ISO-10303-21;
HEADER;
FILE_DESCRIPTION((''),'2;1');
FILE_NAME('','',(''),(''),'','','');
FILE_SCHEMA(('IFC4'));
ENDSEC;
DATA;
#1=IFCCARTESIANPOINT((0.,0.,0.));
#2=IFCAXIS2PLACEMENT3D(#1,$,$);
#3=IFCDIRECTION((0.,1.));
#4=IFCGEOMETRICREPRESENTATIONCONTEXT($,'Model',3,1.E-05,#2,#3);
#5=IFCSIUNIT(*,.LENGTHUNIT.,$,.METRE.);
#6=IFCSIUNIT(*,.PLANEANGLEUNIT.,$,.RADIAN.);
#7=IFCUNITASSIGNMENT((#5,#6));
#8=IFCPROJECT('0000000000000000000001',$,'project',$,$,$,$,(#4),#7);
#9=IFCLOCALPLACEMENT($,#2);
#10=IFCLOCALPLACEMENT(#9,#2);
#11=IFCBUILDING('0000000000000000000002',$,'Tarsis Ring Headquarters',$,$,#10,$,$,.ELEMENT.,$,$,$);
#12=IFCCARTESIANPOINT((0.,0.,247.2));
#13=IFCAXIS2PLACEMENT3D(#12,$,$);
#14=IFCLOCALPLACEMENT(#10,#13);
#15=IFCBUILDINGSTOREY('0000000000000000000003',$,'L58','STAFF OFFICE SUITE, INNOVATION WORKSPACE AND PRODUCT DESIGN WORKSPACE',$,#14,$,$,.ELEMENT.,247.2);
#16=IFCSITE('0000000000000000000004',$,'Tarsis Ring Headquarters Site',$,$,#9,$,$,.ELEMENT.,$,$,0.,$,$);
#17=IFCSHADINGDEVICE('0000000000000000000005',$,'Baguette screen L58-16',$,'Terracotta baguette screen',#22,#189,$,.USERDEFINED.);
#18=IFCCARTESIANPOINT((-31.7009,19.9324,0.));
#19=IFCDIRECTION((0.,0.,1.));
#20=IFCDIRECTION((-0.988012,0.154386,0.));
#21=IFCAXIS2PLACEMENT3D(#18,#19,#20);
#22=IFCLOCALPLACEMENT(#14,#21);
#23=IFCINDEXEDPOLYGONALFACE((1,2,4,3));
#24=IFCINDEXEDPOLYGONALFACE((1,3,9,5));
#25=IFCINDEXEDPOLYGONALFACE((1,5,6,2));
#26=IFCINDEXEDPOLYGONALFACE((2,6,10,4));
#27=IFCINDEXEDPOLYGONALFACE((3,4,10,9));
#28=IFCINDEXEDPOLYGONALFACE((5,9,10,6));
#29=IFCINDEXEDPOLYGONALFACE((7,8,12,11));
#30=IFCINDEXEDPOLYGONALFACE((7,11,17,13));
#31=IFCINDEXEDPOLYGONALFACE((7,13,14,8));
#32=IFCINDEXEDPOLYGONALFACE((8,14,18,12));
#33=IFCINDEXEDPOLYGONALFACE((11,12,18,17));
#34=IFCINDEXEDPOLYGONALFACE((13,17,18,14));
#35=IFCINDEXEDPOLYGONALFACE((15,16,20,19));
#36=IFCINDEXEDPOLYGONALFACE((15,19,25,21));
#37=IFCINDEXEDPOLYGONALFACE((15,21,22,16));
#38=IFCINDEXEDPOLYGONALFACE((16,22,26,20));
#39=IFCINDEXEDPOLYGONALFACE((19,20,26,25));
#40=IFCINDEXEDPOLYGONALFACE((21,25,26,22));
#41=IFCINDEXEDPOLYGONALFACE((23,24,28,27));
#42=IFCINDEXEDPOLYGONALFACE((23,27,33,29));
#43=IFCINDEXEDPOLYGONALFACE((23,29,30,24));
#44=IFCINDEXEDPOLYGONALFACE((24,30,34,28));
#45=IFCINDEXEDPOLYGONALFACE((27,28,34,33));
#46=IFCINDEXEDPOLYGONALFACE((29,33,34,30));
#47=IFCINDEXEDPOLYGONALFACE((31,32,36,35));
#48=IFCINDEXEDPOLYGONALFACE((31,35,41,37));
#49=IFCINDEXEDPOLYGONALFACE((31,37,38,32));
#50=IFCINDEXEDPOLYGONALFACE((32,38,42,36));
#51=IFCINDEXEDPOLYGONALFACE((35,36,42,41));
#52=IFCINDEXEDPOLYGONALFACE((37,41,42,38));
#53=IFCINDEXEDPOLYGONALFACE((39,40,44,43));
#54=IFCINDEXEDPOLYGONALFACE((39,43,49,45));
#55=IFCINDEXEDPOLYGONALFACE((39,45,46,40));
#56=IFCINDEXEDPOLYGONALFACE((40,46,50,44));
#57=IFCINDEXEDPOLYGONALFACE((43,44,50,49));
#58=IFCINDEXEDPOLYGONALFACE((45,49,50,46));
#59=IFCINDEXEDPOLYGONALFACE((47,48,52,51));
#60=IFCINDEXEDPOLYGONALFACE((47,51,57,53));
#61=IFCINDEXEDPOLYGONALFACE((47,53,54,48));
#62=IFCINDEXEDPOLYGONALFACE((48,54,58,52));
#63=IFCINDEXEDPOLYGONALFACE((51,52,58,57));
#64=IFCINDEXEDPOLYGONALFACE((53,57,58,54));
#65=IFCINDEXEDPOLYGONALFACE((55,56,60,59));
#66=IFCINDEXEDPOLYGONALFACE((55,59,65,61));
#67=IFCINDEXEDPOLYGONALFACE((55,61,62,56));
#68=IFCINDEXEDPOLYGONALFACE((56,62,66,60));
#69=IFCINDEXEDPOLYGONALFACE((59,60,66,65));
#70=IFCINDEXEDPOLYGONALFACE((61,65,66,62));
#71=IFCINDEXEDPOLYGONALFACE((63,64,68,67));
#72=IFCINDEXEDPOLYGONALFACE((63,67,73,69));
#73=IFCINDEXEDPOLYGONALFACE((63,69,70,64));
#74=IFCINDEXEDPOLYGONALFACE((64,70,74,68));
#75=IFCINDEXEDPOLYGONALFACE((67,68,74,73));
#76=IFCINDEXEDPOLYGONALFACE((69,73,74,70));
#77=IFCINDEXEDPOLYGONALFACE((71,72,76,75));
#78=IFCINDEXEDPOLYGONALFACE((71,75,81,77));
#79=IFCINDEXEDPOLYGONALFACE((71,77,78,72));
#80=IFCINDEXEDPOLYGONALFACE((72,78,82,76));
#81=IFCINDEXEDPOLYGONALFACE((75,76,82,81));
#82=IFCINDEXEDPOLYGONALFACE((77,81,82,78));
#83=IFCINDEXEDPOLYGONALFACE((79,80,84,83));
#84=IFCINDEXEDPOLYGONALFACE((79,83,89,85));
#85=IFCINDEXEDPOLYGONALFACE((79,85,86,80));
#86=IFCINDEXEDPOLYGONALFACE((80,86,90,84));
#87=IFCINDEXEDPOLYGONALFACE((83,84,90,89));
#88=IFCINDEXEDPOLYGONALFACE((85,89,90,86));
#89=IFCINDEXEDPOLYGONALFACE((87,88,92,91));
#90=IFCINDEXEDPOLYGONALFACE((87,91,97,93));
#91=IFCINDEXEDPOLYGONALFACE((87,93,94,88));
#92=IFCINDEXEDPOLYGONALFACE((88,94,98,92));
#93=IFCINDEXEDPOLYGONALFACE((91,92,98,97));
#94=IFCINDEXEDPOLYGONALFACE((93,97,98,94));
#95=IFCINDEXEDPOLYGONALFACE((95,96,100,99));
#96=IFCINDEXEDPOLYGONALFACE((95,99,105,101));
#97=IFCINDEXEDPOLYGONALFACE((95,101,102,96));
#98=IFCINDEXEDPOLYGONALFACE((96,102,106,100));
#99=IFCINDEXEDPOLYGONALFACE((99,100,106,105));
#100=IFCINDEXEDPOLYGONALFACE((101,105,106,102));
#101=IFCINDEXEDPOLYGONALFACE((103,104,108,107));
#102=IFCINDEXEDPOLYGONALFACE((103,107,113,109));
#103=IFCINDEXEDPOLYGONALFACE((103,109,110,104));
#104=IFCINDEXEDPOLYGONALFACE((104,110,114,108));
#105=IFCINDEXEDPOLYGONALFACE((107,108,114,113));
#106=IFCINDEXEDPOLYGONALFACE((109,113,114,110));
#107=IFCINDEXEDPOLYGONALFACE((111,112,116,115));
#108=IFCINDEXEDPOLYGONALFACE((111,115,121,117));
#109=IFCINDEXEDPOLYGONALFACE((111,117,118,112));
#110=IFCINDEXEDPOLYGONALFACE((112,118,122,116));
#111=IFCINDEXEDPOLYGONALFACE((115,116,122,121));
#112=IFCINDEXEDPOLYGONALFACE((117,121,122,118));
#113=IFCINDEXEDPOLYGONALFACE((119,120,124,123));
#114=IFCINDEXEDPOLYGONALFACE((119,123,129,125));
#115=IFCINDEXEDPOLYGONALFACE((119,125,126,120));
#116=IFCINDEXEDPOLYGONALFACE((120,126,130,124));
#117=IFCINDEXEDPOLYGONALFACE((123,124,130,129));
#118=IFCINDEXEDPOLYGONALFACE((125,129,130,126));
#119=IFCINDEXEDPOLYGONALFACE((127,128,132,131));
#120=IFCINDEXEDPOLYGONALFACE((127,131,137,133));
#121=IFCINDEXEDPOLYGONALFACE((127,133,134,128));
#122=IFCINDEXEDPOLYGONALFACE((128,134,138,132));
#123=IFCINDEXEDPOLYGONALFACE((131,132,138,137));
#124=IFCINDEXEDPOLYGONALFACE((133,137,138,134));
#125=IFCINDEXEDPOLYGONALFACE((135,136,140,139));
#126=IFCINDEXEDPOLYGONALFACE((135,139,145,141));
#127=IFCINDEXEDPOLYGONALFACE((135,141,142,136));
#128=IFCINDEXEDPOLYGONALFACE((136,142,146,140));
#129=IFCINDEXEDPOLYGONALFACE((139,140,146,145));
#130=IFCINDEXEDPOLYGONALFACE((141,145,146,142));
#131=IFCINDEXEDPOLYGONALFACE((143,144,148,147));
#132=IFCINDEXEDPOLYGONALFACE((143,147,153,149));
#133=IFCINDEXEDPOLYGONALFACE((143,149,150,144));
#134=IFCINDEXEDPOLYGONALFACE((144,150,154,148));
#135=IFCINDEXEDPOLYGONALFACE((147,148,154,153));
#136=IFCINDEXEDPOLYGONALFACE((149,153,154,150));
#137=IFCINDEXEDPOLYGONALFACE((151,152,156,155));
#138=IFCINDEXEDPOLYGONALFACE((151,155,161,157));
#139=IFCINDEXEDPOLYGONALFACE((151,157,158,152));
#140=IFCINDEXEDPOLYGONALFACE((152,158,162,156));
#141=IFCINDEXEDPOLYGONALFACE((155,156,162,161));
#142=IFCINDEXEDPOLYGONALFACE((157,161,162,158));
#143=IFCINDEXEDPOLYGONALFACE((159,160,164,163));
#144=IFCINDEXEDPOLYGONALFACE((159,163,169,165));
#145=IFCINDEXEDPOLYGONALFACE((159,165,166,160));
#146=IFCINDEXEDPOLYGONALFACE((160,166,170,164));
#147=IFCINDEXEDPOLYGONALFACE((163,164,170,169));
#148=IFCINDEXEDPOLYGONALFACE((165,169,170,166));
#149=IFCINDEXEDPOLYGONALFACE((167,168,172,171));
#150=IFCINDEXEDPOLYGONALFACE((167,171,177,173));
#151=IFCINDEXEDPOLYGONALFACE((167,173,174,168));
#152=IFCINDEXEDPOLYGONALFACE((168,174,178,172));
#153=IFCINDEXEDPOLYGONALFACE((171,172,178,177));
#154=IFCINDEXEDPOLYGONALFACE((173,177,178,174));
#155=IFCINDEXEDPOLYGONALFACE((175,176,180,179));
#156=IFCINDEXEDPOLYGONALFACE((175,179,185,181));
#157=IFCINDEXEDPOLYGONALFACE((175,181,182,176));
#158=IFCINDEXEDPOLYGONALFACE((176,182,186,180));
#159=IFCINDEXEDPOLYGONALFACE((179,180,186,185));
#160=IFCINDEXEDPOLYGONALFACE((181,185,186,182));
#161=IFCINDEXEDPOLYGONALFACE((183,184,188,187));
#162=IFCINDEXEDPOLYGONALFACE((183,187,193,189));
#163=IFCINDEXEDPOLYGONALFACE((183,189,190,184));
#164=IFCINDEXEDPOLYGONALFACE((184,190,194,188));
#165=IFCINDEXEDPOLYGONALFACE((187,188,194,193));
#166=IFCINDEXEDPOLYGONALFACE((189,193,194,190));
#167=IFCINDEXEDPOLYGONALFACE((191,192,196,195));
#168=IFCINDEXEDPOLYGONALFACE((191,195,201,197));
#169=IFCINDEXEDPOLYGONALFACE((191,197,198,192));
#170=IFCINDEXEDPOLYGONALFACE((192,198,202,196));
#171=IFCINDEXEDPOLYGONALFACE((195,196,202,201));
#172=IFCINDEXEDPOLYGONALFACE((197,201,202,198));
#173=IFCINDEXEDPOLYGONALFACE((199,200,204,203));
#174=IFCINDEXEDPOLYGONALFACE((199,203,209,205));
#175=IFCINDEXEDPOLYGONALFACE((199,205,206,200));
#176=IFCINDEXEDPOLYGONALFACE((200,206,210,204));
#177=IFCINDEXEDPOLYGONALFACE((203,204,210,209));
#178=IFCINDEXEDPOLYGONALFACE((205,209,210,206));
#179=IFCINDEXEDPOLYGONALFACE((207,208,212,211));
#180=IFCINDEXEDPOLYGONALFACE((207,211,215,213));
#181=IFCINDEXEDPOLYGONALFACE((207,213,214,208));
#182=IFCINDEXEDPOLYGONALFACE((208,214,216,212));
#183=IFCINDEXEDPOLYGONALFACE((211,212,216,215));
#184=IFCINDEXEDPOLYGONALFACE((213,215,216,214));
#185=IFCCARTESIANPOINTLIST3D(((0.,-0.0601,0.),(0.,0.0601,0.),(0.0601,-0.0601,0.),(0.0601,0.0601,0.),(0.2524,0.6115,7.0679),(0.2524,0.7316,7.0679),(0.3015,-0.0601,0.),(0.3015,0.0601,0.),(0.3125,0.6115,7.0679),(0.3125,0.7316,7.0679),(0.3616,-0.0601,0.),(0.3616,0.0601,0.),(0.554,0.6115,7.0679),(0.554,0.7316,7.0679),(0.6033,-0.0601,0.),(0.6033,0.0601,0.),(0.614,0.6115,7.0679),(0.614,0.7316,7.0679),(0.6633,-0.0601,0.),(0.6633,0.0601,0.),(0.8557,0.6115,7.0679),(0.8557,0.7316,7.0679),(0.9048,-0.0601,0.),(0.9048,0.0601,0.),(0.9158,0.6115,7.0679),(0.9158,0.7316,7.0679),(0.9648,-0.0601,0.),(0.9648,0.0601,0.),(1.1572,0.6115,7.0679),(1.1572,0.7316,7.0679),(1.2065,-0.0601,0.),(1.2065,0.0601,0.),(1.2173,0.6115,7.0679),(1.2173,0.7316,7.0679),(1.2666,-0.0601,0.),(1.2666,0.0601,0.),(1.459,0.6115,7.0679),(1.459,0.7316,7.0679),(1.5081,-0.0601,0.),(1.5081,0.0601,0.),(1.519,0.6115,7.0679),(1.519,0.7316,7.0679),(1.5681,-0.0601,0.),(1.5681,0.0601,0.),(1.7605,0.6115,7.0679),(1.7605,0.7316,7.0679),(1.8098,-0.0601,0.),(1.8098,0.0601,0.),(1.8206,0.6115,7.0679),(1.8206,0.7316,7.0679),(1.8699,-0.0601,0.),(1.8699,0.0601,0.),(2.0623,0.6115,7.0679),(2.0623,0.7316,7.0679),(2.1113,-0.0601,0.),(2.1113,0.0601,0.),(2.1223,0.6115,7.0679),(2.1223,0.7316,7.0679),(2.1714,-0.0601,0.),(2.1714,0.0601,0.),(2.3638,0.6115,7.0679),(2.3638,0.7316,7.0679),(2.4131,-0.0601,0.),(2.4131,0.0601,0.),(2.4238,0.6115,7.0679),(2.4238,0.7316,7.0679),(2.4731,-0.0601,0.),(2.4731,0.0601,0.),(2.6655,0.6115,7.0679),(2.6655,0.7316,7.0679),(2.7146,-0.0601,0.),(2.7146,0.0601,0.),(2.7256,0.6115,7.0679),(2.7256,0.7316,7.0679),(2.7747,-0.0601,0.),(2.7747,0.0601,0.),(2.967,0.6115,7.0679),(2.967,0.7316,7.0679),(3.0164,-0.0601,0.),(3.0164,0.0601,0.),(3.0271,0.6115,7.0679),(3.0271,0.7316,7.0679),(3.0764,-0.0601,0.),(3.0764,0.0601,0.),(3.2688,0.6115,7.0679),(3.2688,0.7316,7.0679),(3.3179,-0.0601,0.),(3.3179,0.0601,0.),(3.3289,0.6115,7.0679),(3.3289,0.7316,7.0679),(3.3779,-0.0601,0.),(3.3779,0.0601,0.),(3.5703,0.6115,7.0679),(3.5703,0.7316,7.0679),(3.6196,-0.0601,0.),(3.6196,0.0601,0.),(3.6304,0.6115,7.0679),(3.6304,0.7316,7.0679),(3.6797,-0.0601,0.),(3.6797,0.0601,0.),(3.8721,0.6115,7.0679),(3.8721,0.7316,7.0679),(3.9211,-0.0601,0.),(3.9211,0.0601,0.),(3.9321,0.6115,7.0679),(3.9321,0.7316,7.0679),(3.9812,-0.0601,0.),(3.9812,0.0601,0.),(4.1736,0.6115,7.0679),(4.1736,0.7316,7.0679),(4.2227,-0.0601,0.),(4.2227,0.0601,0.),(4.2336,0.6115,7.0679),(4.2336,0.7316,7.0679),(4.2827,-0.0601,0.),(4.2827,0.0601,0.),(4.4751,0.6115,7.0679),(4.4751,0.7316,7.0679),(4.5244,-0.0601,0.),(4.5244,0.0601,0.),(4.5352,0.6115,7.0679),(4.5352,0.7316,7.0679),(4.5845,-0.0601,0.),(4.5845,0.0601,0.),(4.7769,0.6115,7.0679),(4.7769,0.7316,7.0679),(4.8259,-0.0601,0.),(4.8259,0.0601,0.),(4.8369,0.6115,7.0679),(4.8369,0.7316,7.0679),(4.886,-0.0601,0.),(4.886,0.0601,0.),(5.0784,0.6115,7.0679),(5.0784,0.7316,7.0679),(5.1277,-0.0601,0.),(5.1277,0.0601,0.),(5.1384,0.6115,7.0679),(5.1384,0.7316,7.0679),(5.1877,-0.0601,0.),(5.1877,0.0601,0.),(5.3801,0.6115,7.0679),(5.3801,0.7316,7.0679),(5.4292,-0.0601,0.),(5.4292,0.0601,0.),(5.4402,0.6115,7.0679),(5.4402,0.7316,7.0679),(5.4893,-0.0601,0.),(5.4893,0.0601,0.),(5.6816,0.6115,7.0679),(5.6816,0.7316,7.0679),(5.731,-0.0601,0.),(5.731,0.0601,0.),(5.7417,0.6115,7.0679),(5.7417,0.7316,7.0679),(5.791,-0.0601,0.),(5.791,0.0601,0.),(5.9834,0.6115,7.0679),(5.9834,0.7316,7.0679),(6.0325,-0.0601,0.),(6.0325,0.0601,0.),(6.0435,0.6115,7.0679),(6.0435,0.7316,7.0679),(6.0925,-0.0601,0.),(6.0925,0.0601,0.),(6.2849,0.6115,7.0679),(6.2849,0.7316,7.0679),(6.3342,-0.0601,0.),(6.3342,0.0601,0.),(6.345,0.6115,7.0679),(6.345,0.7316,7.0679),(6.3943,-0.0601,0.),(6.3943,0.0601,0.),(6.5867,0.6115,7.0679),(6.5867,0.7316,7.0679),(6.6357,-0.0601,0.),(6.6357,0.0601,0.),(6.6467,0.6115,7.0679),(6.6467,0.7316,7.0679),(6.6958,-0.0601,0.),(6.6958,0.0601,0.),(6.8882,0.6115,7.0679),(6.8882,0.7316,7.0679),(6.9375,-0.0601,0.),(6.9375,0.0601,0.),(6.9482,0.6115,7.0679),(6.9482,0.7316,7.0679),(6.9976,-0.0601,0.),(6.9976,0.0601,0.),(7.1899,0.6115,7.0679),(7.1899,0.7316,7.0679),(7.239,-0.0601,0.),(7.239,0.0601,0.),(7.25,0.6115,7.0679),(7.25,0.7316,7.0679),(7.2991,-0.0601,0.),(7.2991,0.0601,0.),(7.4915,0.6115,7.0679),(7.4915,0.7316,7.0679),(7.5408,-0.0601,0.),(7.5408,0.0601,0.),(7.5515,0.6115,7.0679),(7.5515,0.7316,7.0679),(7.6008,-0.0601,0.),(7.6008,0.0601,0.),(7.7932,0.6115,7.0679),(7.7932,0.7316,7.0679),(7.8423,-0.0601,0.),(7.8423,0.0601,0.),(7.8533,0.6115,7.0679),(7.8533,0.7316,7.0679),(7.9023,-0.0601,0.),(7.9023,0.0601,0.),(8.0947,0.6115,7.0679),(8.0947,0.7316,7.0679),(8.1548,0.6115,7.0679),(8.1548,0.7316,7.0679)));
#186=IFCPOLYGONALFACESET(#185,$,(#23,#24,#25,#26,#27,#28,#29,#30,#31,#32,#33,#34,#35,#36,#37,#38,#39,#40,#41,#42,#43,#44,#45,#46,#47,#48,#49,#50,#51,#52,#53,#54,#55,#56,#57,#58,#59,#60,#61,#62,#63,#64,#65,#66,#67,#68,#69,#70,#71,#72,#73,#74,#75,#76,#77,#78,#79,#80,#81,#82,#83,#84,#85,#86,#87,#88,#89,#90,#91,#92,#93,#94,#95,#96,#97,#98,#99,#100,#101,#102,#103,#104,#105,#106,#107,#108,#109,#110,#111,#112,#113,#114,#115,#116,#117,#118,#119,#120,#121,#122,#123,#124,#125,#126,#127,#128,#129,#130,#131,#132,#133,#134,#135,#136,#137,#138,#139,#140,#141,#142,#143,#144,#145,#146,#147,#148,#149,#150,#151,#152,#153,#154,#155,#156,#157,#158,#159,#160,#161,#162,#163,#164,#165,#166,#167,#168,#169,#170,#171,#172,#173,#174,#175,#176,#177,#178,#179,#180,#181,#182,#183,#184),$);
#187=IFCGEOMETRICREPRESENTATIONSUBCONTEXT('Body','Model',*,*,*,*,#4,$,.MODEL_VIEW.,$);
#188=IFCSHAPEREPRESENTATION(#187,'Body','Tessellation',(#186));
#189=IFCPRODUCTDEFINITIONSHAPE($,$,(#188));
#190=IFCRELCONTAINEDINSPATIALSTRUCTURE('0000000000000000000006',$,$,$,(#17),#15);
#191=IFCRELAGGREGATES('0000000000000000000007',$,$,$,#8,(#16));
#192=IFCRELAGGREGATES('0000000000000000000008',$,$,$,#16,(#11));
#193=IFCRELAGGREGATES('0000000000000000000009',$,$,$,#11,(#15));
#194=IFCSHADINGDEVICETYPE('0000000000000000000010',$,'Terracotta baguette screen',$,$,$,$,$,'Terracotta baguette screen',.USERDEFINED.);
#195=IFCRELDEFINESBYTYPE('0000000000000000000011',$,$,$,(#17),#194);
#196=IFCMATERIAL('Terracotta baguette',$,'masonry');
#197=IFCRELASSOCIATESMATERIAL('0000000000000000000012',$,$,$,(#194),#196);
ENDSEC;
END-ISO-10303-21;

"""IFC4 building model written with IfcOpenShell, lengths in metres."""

from ifc_helpers import new_model, si_unit, direction, frame, frame_2d, origin, place, context, subcontext, project, spatial, rectangle, composite_profile, extrude, material, type_object, element, save


model = new_model("IFC4")

# Units and contexts
model_context = context("Model", 3, precision=1e-05, world=origin(), true_north=direction((0.0, 1.0)))
body_context = subcontext(model_context, "Body", "Model", "MODEL_VIEW")
ifc_project = project(units=[si_unit("LENGTHUNIT", "METRE"), si_unit("PLANEANGLEUNIT", "RADIAN")], contexts=[model_context])

# Site, building, storey
site_placement = place(None, origin())
site = spatial("IfcSite", under=ifc_project, at=site_placement, Name="Tarsis Ring Headquarters Site", CompositionType="ELEMENT", RefElevation=0.0)
building_placement = place(site_placement, origin())
building = spatial("IfcBuilding", under=site, at=building_placement, Name="Tarsis Ring Headquarters", CompositionType="ELEMENT")
storey_placement = place(building_placement, frame((0.0, 0.0, 247.2)))
storey = spatial("IfcBuildingStorey", under=building, at=storey_placement, Name="L58", Description="STAFF OFFICE SUITE, INNOVATION WORKSPACE AND PRODUCT DESIGN WORKSPACE", CompositionType="ELEMENT", Elevation=247.2)

# Shading device
ifc_material_1 = material(Name="Terracotta baguette", Category="masonry")
shading_device_type_1 = type_object("IfcShadingDeviceType", Name="Terracotta baguette screen", ElementType="Terracotta baguette screen", PredefinedType="USERDEFINED", material=ifc_material_1)
shading_device_1_placement = place(storey_placement, frame((-31.7009, 19.9324, 0.0), z_axis=(0.0, 0.0, 1.0), x_axis=(-0.988012, 0.154386, 0.0)))
element("IfcShadingDevice", 1, at=shading_device_1_placement, inside=storey, type_object=shading_device_type_1, Name="Baguette screen L58-16", ObjectType="Terracotta baguette screen", PredefinedType="USERDEFINED", context=body_context, shape_type="SweptSolid", body=[
    extrude(composite_profile([rectangle(XDim=0.0601, YDim=0.1201, at=frame_2d((0.03, 0.0))), rectangle(XDim=0.0601, YDim=0.1201, at=frame_2d((0.3315, 0.0))), rectangle(XDim=0.0601, YDim=0.1201, at=frame_2d((0.6333, 0.0))), rectangle(XDim=0.0601, YDim=0.1201, at=frame_2d((0.9348, 0.0))), rectangle(XDim=0.0601, YDim=0.1201, at=frame_2d((1.2366, 0.0))), rectangle(XDim=0.0601, YDim=0.1201, at=frame_2d((1.5381, 0.0))), rectangle(XDim=0.0601, YDim=0.1201, at=frame_2d((1.8398, 0.0))), rectangle(XDim=0.0601, YDim=0.1201, at=frame_2d((2.1414, 0.0))), rectangle(XDim=0.0601, YDim=0.1201, at=frame_2d((2.4431, 0.0))), rectangle(XDim=0.0601, YDim=0.1201, at=frame_2d((2.7446, 0.0))), rectangle(XDim=0.0601, YDim=0.1201, at=frame_2d((3.0464, 0.0))), rectangle(XDim=0.0601, YDim=0.1201, at=frame_2d((3.3479, 0.0))), rectangle(XDim=0.0601, YDim=0.1201, at=frame_2d((3.6497, 0.0))), rectangle(XDim=0.0601, YDim=0.1201, at=frame_2d((3.9512, 0.0))), rectangle(XDim=0.0601, YDim=0.1201, at=frame_2d((4.2527, 0.0))), rectangle(XDim=0.0601, YDim=0.1201, at=frame_2d((4.5544, 0.0))), rectangle(XDim=0.0601, YDim=0.1201, at=frame_2d((4.856, 0.0))), rectangle(XDim=0.0601, YDim=0.1201, at=frame_2d((5.1577, 0.0))), rectangle(XDim=0.0601, YDim=0.1201, at=frame_2d((5.4592, 0.0))), rectangle(XDim=0.0601, YDim=0.1201, at=frame_2d((5.761, 0.0))), rectangle(XDim=0.0601, YDim=0.1201, at=frame_2d((6.0625, 0.0))), rectangle(XDim=0.0601, YDim=0.1201, at=frame_2d((6.3643, 0.0))), rectangle(XDim=0.0601, YDim=0.1201, at=frame_2d((6.6658, 0.0))), rectangle(XDim=0.0601, YDim=0.1201, at=frame_2d((6.9675, 0.0))), rectangle(XDim=0.0601, YDim=0.1201, at=frame_2d((7.269, 0.0))), rectangle(XDim=0.0601, YDim=0.1201, at=frame_2d((7.5708, 0.0))), rectangle(XDim=0.0601, YDim=0.1201, at=frame_2d((7.8723, 0.0)))]), origin(), (0.035534, 0.094527, 0.994888), 7.1042),
])

save(model, "model.ifc")
